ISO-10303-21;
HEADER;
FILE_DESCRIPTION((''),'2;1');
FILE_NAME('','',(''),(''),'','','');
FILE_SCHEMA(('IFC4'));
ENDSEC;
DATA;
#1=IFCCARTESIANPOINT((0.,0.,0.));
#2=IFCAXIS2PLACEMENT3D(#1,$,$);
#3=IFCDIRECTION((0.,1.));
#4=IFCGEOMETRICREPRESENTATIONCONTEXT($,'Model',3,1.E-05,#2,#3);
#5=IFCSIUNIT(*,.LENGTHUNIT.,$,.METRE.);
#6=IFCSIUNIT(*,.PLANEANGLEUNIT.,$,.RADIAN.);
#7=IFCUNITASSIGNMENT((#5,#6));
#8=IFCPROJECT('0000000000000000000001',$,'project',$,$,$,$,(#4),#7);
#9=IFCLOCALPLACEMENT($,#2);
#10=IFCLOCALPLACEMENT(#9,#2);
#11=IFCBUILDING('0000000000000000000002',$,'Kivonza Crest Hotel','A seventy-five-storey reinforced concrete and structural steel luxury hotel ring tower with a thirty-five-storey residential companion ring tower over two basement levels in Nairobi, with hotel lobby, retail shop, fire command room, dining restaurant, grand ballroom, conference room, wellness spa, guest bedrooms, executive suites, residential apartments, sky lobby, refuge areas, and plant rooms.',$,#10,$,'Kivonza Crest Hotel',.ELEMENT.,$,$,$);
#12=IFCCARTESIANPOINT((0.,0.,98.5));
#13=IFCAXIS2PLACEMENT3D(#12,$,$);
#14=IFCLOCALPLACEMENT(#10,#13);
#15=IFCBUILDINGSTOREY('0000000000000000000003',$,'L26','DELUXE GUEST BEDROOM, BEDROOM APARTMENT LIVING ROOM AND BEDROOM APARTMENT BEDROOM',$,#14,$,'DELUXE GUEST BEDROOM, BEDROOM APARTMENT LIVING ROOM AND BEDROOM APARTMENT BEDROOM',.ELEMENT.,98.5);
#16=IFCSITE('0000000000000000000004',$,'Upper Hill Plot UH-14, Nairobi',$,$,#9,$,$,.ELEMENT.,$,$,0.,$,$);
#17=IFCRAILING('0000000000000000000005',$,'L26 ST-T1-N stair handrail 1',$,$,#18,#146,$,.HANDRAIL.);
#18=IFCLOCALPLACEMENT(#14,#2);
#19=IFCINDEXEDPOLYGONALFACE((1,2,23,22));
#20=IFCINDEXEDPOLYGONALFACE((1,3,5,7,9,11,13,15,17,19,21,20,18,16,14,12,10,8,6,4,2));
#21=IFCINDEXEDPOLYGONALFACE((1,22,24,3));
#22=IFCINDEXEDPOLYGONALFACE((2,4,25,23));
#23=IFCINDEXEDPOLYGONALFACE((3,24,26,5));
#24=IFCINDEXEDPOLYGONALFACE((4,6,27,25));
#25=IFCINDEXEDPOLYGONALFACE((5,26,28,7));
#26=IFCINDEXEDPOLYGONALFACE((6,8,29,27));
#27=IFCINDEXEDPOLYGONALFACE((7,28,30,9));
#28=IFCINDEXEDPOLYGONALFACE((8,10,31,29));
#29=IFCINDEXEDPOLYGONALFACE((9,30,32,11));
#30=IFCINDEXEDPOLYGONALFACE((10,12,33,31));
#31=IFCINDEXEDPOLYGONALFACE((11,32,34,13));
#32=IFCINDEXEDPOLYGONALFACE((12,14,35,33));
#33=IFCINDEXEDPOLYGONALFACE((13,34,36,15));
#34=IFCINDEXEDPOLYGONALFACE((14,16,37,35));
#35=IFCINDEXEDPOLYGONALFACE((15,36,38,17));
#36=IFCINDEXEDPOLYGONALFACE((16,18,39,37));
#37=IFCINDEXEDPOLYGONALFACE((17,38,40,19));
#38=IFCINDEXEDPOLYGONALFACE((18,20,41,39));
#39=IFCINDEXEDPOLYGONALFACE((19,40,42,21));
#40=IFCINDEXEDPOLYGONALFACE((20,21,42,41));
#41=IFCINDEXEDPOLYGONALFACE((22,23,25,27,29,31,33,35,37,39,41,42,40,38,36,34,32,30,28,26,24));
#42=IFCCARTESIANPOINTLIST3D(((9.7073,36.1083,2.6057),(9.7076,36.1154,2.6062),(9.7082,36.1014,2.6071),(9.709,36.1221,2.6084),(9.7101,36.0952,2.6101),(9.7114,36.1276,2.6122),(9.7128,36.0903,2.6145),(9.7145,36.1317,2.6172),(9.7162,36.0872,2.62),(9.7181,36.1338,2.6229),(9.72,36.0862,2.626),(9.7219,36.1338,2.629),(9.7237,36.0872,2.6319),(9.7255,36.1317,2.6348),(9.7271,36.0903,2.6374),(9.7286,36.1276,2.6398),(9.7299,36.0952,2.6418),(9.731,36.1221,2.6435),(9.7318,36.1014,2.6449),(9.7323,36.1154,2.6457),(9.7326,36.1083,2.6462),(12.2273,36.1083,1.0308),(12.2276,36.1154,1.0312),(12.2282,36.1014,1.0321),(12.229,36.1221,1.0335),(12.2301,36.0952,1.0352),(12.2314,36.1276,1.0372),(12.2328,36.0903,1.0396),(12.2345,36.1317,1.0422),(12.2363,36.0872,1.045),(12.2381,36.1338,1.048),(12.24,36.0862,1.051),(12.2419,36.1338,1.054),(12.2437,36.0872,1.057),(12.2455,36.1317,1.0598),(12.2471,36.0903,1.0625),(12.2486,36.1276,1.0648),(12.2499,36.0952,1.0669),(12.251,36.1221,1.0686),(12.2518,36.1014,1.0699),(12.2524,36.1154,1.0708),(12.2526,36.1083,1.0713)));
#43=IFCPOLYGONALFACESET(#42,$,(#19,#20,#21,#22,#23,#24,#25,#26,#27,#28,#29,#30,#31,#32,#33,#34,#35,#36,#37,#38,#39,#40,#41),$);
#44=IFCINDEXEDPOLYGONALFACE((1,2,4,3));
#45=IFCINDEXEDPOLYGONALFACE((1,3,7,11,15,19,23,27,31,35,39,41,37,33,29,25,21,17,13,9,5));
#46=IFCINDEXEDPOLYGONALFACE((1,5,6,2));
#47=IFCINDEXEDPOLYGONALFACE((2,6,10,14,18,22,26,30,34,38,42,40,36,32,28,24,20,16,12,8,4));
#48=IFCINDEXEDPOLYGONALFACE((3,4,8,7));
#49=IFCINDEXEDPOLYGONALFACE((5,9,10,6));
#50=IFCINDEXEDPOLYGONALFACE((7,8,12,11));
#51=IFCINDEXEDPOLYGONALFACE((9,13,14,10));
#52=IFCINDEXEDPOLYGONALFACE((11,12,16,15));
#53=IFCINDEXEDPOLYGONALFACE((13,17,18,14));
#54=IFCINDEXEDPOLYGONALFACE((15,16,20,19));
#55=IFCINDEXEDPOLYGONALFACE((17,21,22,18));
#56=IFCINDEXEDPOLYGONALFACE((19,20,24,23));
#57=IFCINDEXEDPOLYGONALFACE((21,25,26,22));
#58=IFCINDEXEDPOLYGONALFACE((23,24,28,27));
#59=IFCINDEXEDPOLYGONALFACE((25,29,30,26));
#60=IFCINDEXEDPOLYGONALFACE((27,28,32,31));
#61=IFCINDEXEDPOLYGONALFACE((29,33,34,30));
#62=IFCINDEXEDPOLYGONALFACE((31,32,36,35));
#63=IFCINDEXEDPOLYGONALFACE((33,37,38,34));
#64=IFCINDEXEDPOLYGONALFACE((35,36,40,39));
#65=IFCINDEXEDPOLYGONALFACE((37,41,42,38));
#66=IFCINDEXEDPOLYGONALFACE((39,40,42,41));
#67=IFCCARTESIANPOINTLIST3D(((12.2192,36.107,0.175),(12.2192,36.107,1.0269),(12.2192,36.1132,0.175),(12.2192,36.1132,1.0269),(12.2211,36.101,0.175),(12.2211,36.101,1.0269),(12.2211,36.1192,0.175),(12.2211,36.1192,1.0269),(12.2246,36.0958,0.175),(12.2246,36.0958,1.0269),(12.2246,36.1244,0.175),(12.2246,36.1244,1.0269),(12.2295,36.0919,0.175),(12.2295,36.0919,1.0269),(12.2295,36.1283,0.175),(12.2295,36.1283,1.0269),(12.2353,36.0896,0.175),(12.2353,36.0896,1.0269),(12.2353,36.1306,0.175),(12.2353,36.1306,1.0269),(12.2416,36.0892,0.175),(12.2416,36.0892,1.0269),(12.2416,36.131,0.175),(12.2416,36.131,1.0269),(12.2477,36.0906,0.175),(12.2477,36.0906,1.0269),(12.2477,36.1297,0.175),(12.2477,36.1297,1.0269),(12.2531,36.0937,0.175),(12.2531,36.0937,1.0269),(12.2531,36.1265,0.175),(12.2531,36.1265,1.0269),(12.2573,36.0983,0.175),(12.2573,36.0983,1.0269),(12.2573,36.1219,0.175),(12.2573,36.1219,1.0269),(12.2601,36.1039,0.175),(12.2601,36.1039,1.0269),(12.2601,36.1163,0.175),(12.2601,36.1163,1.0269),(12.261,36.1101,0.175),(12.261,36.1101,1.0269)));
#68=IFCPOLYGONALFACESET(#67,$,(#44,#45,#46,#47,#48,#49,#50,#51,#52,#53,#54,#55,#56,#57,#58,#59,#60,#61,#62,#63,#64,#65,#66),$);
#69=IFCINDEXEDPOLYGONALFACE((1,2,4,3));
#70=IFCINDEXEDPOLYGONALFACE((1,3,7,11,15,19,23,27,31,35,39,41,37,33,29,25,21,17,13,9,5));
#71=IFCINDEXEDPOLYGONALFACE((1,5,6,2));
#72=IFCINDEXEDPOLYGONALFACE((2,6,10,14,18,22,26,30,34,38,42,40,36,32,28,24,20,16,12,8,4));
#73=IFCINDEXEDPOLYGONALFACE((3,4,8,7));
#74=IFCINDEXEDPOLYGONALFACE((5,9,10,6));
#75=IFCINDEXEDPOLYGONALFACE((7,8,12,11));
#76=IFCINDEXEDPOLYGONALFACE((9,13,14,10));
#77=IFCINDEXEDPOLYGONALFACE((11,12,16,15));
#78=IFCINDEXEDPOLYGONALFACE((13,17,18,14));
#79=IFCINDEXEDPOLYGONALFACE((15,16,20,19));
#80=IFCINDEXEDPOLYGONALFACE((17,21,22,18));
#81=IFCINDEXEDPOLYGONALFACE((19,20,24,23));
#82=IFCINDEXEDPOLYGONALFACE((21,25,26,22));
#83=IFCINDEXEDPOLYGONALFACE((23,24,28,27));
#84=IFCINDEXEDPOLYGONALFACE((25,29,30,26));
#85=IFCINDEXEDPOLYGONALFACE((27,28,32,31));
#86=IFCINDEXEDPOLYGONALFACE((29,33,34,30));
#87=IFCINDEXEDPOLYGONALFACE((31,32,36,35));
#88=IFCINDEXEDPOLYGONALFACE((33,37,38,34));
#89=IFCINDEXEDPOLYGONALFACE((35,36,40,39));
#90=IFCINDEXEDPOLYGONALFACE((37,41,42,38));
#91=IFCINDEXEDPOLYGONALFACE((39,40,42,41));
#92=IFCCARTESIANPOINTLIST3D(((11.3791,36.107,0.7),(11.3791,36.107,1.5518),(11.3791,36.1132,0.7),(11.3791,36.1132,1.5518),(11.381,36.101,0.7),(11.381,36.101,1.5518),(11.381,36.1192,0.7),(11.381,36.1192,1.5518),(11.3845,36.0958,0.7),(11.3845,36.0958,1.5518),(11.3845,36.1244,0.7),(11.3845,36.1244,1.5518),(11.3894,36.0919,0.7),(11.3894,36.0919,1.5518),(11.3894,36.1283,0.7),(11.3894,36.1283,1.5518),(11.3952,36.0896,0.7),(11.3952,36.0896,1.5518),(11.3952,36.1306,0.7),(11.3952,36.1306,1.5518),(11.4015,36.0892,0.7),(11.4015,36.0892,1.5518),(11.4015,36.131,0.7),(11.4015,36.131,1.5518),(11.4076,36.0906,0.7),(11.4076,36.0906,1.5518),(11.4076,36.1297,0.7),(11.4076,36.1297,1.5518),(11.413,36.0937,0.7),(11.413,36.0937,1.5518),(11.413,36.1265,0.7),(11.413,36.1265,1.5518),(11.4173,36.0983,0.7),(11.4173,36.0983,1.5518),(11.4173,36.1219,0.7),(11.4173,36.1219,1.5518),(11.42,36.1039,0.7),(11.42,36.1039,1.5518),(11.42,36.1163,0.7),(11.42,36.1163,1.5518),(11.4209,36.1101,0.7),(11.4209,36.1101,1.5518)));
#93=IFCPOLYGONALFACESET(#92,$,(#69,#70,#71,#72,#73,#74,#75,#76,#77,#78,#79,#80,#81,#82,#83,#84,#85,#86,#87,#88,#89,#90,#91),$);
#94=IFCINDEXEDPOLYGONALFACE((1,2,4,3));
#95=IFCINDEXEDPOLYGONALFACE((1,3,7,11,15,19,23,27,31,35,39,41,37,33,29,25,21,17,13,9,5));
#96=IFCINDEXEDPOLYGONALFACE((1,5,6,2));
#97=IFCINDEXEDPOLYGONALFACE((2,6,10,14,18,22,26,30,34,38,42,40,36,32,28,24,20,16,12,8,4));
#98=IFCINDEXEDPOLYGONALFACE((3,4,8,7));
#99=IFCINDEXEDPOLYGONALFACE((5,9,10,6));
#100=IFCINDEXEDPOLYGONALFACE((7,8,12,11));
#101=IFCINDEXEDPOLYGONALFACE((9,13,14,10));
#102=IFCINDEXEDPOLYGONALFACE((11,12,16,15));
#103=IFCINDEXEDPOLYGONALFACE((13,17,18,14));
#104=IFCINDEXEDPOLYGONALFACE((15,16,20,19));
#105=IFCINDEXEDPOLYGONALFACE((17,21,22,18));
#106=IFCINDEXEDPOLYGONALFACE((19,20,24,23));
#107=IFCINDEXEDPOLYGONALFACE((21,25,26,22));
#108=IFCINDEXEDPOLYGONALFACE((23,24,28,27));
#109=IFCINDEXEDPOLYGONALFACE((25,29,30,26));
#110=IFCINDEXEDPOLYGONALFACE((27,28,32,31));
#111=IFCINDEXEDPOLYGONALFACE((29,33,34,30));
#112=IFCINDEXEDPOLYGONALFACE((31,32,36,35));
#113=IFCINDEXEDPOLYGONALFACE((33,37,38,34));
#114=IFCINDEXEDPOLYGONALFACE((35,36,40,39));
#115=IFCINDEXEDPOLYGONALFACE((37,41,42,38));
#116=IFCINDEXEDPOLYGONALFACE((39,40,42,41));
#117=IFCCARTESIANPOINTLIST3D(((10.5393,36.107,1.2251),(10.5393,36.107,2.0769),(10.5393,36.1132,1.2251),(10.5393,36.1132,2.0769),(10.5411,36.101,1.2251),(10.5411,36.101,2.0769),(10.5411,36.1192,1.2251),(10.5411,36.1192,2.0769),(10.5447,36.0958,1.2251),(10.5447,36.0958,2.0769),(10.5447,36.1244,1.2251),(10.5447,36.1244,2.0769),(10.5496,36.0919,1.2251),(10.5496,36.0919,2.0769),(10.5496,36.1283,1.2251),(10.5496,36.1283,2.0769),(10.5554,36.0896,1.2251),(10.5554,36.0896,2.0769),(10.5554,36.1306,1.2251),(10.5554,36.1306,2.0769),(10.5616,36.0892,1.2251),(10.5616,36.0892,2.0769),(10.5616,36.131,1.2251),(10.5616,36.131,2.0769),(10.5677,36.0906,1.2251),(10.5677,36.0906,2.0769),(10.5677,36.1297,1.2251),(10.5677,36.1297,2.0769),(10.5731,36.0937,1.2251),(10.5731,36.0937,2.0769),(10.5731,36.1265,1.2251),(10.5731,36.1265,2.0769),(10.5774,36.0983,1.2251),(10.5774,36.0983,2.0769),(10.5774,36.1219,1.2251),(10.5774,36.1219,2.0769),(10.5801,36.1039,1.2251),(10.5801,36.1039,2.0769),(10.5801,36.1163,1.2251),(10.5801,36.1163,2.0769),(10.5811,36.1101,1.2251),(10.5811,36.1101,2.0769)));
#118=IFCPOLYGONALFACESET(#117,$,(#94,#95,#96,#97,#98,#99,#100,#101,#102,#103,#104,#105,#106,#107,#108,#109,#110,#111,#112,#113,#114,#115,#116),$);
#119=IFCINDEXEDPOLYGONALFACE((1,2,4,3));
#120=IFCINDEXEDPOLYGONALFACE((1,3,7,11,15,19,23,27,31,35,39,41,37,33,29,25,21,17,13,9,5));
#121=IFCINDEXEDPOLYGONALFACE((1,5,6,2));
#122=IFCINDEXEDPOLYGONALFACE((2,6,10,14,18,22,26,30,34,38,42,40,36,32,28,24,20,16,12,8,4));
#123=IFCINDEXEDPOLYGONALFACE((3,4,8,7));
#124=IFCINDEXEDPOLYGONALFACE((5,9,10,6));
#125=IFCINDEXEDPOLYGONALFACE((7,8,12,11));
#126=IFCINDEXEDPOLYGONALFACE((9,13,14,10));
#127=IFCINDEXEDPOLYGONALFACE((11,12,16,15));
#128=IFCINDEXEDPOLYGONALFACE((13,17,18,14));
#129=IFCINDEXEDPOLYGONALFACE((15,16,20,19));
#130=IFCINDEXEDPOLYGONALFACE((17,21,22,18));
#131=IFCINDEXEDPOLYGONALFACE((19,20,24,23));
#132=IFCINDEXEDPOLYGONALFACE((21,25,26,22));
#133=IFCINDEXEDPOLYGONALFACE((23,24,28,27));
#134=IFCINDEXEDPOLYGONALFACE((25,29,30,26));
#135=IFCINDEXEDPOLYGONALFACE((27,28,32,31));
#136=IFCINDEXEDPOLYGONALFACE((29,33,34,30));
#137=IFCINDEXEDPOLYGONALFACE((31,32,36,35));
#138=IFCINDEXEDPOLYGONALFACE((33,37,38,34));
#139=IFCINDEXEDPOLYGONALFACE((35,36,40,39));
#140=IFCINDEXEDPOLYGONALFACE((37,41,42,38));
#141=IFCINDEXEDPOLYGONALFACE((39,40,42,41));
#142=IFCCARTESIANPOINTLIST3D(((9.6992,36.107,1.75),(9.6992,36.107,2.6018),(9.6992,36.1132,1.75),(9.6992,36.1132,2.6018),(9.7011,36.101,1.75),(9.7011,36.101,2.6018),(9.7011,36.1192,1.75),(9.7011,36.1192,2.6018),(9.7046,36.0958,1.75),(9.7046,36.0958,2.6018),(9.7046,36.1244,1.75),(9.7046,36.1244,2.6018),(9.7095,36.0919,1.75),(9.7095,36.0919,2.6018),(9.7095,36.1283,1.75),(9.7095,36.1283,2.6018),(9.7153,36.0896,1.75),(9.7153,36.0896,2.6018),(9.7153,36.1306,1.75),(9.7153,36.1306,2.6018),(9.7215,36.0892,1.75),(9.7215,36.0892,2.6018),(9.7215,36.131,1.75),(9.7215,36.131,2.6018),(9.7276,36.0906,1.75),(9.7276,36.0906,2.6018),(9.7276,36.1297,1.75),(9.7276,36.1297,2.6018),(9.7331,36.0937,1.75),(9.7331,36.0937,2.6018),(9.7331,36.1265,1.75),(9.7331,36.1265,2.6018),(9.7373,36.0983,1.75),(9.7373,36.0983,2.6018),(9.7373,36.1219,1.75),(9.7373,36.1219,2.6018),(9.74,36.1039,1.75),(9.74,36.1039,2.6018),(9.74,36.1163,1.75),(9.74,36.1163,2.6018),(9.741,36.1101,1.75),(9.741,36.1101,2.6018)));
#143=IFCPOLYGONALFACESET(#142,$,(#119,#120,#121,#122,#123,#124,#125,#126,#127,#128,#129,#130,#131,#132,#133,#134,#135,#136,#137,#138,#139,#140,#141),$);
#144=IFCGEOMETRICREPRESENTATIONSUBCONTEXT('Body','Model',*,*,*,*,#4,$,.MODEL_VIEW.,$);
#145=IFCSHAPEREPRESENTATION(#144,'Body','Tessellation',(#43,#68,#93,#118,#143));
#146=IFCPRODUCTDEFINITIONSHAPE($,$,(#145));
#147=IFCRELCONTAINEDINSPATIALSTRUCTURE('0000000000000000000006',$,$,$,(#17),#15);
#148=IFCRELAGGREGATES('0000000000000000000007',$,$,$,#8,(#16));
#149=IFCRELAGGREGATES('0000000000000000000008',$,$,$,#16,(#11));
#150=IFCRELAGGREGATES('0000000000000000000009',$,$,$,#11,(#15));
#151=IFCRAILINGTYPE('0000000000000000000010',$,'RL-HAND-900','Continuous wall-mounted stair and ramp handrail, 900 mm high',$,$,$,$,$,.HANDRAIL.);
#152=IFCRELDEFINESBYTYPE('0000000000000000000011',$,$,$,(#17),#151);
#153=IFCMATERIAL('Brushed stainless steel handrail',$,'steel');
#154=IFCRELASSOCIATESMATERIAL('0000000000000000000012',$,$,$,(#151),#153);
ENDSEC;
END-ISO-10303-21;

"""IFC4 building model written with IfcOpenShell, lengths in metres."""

from ifc_helpers import new_model, si_unit, direction, frame, origin, origin_2d, place, context, subcontext, project, spatial, circle, extrude, material, type_object, element, save


model = new_model("IFC4")

# Units and contexts
model_context = context("Model", 3, precision=1e-05, world=origin(), true_north=direction((0.0, 1.0)))
body_context = subcontext(model_context, "Body", "Model", "MODEL_VIEW")
ifc_project = project(units=[si_unit("LENGTHUNIT", "METRE"), si_unit("PLANEANGLEUNIT", "RADIAN")], contexts=[model_context])

# Site, building, storey
site_placement = place(None, origin())
site = spatial("IfcSite", under=ifc_project, at=site_placement, Name="Upper Hill Plot UH-14, Nairobi", CompositionType="ELEMENT", RefElevation=0.0)
building_placement = place(site_placement, origin())
building = spatial("IfcBuilding", under=site, at=building_placement, Name="Kivonza Crest Hotel", Description="A seventy-five-storey reinforced concrete and structural steel luxury hotel ring tower with a thirty-five-storey residential companion ring tower over two basement levels in Nairobi, with hotel lobby, retail shop, fire command room, dining restaurant, grand ballroom, conference room, wellness spa, guest bedrooms, executive suites, residential apartments, sky lobby, refuge areas, and plant rooms.", LongName="Kivonza Crest Hotel", CompositionType="ELEMENT")
storey_placement = place(building_placement, frame((0.0, 0.0, 98.5)))
storey = spatial("IfcBuildingStorey", under=building, at=storey_placement, Name="L26", Description="DELUXE GUEST BEDROOM, BEDROOM APARTMENT LIVING ROOM AND BEDROOM APARTMENT BEDROOM", LongName="DELUXE GUEST BEDROOM, BEDROOM APARTMENT LIVING ROOM AND BEDROOM APARTMENT BEDROOM", CompositionType="ELEMENT", Elevation=98.5)

# Railing
ifc_material_1 = material(Name="Brushed stainless steel handrail", Category="steel")
railing_type_1 = type_object("IfcRailingType", Name="RL-HAND-900", Description="Continuous wall-mounted stair and ramp handrail, 900 mm high", PredefinedType="HANDRAIL", material=ifc_material_1)
railing_1_placement = place(storey_placement, frame((12.24, 36.1101, 0.175)))
element("IfcRailing", 1, at=railing_1_placement, inside=storey, type_object=railing_type_1, Name="L26 ST-T1-N stair handrail 1", PredefinedType="HANDRAIL", context=body_context, shape_type="SweptSolid", body=[
    extrude(circle(Radius=0.0239, at=origin_2d()), frame((0.0, 0.0, 0.876), z_axis=(-0.848008, 0.0, 0.529984), x_axis=(0.0, -1.0, 0.0)), (0.0, 0.0, 1.0), 2.9717),
    extrude(circle(Radius=0.021, at=origin_2d()), origin(), (0.0, 0.0, 1.0), 0.8518),
    extrude(circle(Radius=0.021, at=origin_2d()), frame((-0.8401, 0.0, 0.5249)), (0.0, 0.0, 1.0), 0.8518),
    extrude(circle(Radius=0.021, at=origin_2d()), frame((-1.6799, 0.0, 1.05)), (0.0, 0.0, 1.0), 0.8518),
    extrude(circle(Radius=0.021, at=origin_2d()), frame((-2.52, 0.0, 1.575)), (0.0, 0.0, 1.0), 0.8518),
])

save(model, "model.ifc")
